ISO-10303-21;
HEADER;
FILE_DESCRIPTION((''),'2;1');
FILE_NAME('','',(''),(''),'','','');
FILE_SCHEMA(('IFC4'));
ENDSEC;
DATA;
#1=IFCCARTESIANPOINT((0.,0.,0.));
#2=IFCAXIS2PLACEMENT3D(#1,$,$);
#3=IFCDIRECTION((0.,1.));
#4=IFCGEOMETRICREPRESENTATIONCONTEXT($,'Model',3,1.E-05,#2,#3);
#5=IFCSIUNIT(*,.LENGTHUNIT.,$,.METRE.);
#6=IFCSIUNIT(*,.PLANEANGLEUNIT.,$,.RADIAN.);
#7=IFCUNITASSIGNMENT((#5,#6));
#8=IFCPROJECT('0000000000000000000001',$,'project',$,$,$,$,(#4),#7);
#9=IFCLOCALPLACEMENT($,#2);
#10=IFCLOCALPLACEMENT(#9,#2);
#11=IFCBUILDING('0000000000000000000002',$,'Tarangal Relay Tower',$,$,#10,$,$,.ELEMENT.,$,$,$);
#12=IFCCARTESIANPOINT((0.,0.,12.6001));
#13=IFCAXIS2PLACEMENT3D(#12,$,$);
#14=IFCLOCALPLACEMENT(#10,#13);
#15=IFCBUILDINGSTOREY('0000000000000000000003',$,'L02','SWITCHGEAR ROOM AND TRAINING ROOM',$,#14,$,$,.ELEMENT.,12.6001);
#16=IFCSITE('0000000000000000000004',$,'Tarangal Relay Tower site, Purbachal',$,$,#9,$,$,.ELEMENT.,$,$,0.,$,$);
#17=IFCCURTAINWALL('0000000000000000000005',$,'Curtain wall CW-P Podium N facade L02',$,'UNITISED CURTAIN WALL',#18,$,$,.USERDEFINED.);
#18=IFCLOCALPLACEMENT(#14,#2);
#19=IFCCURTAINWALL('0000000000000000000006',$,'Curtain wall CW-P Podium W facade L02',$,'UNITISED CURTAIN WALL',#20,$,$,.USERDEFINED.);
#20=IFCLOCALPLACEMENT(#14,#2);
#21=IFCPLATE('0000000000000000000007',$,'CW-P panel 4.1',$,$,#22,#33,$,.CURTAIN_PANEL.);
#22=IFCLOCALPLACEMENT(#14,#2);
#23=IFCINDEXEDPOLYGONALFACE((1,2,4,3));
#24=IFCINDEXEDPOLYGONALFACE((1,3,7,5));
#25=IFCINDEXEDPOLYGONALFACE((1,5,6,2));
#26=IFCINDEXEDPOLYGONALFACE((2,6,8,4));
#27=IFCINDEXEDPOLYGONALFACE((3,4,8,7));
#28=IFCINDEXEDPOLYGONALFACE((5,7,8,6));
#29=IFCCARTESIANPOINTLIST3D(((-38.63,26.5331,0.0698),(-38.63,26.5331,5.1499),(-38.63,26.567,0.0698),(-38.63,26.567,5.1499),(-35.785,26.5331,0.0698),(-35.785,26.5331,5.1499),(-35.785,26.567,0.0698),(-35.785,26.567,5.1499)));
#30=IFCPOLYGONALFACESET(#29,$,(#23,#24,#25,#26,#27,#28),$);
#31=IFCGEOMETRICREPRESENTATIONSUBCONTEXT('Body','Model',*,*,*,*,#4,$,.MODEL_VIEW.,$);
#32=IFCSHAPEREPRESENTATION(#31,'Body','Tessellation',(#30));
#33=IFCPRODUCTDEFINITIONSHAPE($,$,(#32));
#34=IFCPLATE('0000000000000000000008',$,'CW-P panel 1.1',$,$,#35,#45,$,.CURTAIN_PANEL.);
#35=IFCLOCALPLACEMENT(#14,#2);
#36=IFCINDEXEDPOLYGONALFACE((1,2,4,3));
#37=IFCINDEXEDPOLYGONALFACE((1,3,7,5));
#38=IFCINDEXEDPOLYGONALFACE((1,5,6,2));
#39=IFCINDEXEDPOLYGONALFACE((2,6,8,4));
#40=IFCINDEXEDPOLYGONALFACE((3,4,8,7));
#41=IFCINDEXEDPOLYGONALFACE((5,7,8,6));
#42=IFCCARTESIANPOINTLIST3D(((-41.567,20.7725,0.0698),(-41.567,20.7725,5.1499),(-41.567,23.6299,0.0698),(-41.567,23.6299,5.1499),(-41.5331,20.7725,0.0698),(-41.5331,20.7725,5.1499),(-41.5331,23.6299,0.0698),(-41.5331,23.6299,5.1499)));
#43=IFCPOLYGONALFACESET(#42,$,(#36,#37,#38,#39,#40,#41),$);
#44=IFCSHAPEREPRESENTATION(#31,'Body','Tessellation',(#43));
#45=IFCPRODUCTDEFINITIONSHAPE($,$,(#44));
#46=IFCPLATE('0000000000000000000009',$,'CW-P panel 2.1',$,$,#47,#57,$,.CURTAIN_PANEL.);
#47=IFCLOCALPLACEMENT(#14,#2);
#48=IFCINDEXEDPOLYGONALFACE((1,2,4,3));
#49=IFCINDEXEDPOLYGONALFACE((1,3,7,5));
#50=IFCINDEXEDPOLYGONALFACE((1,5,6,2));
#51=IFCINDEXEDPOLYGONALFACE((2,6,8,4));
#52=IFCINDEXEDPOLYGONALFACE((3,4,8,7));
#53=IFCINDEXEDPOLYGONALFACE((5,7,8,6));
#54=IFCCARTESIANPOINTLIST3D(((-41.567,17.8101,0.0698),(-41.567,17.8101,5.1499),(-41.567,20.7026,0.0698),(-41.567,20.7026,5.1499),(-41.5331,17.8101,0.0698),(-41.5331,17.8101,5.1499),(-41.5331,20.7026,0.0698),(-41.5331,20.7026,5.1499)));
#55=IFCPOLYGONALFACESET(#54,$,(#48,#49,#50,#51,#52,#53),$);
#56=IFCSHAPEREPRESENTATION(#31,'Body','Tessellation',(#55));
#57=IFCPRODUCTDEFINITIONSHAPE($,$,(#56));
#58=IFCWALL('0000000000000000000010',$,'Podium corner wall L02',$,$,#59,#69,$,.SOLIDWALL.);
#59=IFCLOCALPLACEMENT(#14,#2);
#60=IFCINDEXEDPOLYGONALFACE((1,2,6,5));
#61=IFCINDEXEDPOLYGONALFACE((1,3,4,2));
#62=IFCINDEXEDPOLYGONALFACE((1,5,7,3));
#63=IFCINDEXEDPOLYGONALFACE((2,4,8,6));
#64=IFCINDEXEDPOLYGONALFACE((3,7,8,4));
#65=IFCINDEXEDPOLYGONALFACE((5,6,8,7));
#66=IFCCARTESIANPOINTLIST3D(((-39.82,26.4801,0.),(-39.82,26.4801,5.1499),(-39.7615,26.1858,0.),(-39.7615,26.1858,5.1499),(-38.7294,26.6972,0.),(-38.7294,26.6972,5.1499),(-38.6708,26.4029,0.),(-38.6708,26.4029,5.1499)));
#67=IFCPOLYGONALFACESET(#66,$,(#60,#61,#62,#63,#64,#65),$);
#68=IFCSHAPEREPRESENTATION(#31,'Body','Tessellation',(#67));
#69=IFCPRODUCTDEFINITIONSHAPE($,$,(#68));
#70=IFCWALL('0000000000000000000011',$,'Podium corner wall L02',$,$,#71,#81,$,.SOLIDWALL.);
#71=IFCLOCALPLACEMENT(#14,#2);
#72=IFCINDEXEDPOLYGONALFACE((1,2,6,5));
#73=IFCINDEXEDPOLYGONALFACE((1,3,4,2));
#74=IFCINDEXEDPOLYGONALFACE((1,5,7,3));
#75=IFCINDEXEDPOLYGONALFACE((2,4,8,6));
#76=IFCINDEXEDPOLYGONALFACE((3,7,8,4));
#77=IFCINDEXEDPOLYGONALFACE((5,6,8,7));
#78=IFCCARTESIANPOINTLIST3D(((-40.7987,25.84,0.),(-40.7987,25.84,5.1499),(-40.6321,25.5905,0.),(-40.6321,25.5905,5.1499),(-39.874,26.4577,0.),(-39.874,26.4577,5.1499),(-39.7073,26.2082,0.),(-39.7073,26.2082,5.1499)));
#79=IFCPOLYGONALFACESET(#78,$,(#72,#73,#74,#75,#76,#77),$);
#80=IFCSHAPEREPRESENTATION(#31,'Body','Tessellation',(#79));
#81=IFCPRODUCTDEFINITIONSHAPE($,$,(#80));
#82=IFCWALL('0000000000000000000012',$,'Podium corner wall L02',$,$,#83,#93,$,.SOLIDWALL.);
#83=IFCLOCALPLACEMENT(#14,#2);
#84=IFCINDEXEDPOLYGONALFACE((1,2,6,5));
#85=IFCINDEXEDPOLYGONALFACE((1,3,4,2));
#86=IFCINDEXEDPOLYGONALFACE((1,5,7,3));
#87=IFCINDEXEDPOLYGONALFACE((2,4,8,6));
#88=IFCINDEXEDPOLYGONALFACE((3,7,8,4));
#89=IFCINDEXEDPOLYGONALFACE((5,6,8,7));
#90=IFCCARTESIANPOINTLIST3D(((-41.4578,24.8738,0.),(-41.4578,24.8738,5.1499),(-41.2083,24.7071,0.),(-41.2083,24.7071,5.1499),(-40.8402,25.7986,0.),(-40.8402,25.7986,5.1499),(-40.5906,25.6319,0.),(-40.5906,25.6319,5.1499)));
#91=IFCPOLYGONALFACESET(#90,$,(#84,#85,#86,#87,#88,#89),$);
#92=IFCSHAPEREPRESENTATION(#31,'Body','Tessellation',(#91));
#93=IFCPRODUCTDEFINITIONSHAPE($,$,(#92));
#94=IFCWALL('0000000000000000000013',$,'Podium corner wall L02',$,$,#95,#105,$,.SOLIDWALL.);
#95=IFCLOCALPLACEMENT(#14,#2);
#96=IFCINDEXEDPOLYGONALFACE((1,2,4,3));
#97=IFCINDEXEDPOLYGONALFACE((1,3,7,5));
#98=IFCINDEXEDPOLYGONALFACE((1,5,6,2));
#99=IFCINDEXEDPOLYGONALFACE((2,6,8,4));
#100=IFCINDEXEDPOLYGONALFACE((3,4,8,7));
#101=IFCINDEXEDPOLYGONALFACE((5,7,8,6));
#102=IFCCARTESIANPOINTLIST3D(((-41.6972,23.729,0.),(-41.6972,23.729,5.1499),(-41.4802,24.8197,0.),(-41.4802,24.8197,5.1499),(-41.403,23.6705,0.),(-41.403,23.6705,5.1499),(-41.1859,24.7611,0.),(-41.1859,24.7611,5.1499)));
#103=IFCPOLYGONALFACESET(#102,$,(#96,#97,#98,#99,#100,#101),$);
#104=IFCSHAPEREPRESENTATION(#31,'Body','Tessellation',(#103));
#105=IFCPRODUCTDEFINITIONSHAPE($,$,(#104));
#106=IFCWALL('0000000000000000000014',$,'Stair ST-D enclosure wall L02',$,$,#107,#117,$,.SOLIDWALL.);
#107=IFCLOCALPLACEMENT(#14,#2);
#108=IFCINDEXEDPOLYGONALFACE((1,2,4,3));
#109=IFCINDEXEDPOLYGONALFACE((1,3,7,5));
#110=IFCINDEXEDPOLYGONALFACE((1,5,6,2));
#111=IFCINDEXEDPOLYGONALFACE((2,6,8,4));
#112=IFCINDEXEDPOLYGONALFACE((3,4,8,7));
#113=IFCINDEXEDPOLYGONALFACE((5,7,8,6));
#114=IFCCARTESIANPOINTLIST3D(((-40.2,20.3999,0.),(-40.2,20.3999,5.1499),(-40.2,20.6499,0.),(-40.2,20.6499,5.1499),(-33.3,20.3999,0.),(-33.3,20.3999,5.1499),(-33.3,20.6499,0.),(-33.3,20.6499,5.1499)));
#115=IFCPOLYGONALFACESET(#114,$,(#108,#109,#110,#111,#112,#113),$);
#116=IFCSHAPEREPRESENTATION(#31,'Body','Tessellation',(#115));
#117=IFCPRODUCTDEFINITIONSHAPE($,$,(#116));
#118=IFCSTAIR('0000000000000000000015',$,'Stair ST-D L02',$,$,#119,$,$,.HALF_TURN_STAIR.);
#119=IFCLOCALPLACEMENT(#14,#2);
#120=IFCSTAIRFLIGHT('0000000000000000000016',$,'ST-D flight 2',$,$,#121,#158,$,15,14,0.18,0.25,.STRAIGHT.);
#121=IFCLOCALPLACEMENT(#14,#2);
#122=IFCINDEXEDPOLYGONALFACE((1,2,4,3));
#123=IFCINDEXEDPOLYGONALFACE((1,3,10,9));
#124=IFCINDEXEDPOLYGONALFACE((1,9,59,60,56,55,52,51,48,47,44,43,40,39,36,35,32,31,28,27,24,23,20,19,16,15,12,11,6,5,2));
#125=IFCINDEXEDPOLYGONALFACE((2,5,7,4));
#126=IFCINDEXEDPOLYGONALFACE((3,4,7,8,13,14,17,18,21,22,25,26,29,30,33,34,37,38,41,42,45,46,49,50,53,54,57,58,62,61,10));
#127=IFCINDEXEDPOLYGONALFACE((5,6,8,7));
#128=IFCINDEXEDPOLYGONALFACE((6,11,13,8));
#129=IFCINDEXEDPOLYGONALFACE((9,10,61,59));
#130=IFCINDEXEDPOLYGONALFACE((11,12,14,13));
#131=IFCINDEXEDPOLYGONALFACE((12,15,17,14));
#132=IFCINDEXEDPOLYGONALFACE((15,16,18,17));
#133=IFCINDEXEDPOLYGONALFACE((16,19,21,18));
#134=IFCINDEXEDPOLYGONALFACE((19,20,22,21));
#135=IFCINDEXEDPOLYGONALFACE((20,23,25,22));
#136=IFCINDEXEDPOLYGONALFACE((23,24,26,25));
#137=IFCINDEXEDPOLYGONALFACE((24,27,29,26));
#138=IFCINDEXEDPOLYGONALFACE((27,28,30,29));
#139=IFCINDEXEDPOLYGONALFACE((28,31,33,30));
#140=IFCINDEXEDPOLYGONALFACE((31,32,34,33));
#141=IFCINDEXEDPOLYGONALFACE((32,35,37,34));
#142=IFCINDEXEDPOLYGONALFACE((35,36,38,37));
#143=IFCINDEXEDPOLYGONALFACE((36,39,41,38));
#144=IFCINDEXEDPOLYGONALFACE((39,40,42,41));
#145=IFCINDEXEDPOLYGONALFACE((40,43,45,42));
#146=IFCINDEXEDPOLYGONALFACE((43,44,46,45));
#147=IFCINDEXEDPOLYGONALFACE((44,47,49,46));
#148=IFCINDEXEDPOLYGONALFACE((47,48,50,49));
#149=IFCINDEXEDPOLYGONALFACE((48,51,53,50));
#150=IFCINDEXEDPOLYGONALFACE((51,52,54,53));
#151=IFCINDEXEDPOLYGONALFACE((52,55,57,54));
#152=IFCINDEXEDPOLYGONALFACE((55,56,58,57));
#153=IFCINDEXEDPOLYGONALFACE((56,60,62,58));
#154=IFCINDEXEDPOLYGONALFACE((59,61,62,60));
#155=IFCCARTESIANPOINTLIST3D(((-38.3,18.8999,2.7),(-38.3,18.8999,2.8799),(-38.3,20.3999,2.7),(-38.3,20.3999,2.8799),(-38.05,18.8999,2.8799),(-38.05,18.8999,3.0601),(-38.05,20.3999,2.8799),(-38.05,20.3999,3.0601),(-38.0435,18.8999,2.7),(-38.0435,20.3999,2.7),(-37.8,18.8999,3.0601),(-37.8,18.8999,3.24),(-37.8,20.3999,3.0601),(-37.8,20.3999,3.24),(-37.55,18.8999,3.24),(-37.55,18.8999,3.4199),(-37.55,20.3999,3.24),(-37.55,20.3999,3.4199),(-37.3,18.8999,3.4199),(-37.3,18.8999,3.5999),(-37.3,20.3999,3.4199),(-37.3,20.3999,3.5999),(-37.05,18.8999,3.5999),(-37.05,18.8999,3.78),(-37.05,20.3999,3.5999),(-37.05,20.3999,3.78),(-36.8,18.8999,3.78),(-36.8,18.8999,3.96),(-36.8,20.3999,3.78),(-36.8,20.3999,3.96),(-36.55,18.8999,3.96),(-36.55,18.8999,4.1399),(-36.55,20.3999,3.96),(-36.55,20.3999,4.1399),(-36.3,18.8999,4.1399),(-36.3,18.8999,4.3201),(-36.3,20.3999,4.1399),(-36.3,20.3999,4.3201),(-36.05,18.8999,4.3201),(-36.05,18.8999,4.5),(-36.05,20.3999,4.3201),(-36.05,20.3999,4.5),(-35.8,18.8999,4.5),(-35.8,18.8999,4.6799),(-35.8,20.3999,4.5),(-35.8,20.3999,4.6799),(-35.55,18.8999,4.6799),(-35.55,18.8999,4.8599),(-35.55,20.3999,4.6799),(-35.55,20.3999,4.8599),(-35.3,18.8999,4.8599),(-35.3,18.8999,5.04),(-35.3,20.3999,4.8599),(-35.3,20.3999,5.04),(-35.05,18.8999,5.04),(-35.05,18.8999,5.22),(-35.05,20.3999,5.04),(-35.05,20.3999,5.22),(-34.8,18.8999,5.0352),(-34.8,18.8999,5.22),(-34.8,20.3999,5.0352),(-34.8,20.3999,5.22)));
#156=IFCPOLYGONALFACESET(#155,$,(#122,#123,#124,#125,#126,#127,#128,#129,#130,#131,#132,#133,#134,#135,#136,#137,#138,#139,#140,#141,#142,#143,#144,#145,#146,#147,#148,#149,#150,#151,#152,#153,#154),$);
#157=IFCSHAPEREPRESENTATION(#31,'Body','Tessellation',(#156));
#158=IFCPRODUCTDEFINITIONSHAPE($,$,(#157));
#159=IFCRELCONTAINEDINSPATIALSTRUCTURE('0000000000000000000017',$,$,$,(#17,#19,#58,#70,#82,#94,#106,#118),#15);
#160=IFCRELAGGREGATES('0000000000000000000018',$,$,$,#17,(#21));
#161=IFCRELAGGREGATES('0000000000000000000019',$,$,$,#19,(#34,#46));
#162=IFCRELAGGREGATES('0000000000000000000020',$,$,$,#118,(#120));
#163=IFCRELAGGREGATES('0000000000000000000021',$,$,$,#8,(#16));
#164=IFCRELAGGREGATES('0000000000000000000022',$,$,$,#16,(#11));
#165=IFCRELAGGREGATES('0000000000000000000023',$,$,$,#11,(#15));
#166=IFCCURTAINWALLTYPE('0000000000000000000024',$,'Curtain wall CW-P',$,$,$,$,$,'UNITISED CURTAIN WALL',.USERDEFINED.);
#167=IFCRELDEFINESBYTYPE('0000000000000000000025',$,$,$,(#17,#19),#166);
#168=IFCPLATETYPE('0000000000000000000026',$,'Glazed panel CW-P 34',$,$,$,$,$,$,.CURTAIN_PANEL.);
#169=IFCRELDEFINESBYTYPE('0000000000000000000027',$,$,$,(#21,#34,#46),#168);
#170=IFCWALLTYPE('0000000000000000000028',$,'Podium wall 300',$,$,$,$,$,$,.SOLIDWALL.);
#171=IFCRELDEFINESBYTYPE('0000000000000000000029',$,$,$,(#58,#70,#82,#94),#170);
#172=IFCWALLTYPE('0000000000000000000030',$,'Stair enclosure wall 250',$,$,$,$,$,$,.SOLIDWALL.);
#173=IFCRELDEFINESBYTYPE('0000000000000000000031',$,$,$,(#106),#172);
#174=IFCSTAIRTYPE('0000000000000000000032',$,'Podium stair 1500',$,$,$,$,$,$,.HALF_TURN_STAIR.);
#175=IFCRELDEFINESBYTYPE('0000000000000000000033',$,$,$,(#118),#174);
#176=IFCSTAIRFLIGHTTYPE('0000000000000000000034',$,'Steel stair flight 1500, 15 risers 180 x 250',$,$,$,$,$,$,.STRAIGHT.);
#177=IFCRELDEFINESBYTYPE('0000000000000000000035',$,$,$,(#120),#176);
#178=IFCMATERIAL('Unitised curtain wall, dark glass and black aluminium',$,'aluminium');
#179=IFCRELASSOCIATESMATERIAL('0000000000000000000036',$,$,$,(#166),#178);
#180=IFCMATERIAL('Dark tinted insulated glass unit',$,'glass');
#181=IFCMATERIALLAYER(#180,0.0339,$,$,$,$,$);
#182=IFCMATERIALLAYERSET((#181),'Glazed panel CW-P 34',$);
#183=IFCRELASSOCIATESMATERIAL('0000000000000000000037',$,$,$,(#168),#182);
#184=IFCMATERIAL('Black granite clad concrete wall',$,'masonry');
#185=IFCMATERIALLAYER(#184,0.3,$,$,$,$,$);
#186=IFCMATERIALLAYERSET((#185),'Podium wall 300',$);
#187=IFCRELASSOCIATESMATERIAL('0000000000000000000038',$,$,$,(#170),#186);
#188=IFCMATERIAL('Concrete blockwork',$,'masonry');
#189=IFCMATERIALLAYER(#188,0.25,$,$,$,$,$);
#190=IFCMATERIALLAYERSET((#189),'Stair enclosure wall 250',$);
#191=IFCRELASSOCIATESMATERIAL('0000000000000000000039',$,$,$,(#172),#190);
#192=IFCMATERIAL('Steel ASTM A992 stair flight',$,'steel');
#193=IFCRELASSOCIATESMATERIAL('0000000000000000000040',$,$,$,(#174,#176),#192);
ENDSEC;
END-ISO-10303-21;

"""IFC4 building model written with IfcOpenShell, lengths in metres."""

from ifc_helpers import new_model, si_unit, direction, frame, frame_2d, origin, origin_2d, place, context, subcontext, project, spatial, polyline, rectangle, outline, extrude, material, layer, layer_set, type_object, element, aggregate, save


model = new_model("IFC4")

# Units and contexts
model_context = context("Model", 3, precision=1e-05, world=origin(), true_north=direction((0.0, 1.0)))
body_context = subcontext(model_context, "Body", "Model", "MODEL_VIEW")
ifc_project = project(units=[si_unit("LENGTHUNIT", "METRE"), si_unit("PLANEANGLEUNIT", "RADIAN")], contexts=[model_context])

# Site, building, storey
site_placement = place(None, origin())
site = spatial("IfcSite", under=ifc_project, at=site_placement, Name="Tarangal Relay Tower site, Purbachal", CompositionType="ELEMENT", RefElevation=0.0)
building_placement = place(site_placement, origin())
building = spatial("IfcBuilding", under=site, at=building_placement, Name="Tarangal Relay Tower", CompositionType="ELEMENT")
storey_placement = place(building_placement, frame((0.0, 0.0, 12.6001)))
storey = spatial("IfcBuildingStorey", under=building, at=storey_placement, Name="L02", Description="SWITCHGEAR ROOM AND TRAINING ROOM", CompositionType="ELEMENT", Elevation=12.6001)

# Curtain walls
ifc_material_1 = material(Name="Unitised curtain wall, dark glass and black aluminium", Category="aluminium")
curtain_wall_type = type_object("IfcCurtainWallType", Name="Curtain wall CW-P", ElementType="UNITISED CURTAIN WALL", PredefinedType="USERDEFINED", material=ifc_material_1)
curtain_wall_1_placement = place(storey_placement, origin())
curtain_wall_1 = element("IfcCurtainWall", 1, at=curtain_wall_1_placement, inside=storey, type_object=curtain_wall_type, Name="Curtain wall CW-P Podium N facade L02", ObjectType="UNITISED CURTAIN WALL", PredefinedType="USERDEFINED")
curtain_wall_2_placement = place(storey_placement, origin())
curtain_wall_2 = element("IfcCurtainWall", 2, at=curtain_wall_2_placement, inside=storey, type_object=curtain_wall_type, Name="Curtain wall CW-P Podium W facade L02", ObjectType="UNITISED CURTAIN WALL", PredefinedType="USERDEFINED")

# Plates
ifc_material_2 = material(Name="Dark tinted insulated glass unit", Category="glass")
ifc_layer_1 = layer(ifc_material_2, 0.0339)
ifc_layer_set_1 = layer_set([ifc_layer_1], Name="Glazed panel CW-P 34")
plate_type = type_object("IfcPlateType", Name="Glazed panel CW-P 34", PredefinedType="CURTAIN_PANEL", material=ifc_layer_set_1)
plate_1_placement = place(storey_placement, frame((-37.2075, 26.55, 0.0698), z_axis=(0.0, 0.0, 1.0), x_axis=(-1.0, 0.0, 0.0)))
plate_1 = element("IfcPlate", 3, at=plate_1_placement, type_object=plate_type, Name="CW-P panel 4.1", PredefinedType="CURTAIN_PANEL", context=body_context, shape_type="SweptSolid", body=[
    extrude(rectangle(XDim=2.845, YDim=0.0339, at=origin_2d()), origin(), (0.0, 0.0, 1.0), 5.0801),
])
aggregate(curtain_wall_1, [plate_1])
plate_2_placement = place(storey_placement, frame((-41.55, 22.2012, 0.0698), z_axis=(0.0, 0.0, 1.0), x_axis=(0.0, -1.0, 0.0)))
plate_2 = element("IfcPlate", 4, at=plate_2_placement, type_object=plate_type, Name="CW-P panel 1.1", PredefinedType="CURTAIN_PANEL", context=body_context, shape_type="SweptSolid", body=[
    extrude(rectangle(XDim=2.8574, YDim=0.0339, at=origin_2d()), origin(), (0.0, 0.0, 1.0), 5.0801),
])
plate_3_placement = place(storey_placement, frame((-41.55, 19.2563, 0.0698), z_axis=(0.0, 0.0, 1.0), x_axis=(0.0, -1.0, 0.0)))
plate_3 = element("IfcPlate", 5, at=plate_3_placement, type_object=plate_type, Name="CW-P panel 2.1", PredefinedType="CURTAIN_PANEL", context=body_context, shape_type="SweptSolid", body=[
    extrude(rectangle(XDim=2.8926, YDim=0.0339, at=origin_2d()), origin(), (0.0, 0.0, 1.0), 5.0801),
])
aggregate(curtain_wall_2, [plate_2, plate_3])

# Walls
ifc_material_3 = material(Name="Black granite clad concrete wall", Category="masonry")
ifc_layer_2 = layer(ifc_material_3, 0.3)
ifc_layer_set_2 = layer_set([ifc_layer_2], Name="Podium wall 300")
wall_type_1 = type_object("IfcWallType", Name="Podium wall 300", PredefinedType="SOLIDWALL", material=ifc_layer_set_2)
for number, where, z_axis, x_axis, name in (
    (6, (-38.7, 26.55, 0.0), (0.0, 0.0, 1.0), (-0.980766, -0.195187, 0.0), "Podium corner wall L02"),
    (7, (-39.7905, 26.333, 0.0), (0.0, 0.0, 1.0), (-0.831577, -0.555409, 0.0), "Podium corner wall L02"),
    (8, (-40.7153, 25.7153, 0.0), (0.0, 0.0, 1.0), (-0.555409, -0.831577, 0.0), "Podium corner wall L02"),
    (9, (-41.333, 24.7905, 0.0), (0.0, 0.0, 1.0), (-0.195187, -0.980766, 0.0), "Podium corner wall L02"),
):
    element("IfcWall", number, at=place(storey_placement, frame(where, z_axis=z_axis, x_axis=x_axis)), inside=storey, type_object=wall_type_1, Name=name, PredefinedType="SOLIDWALL", context=body_context, shape_type="SweptSolid", body=[
        extrude(rectangle(XDim=1.1121, YDim=0.3, at=frame_2d((0.5562, 0.0))), origin(), (0.0, 0.0, 1.0), 5.1499),
    ])
ifc_material_4 = material(Name="Concrete blockwork", Category="masonry")
ifc_layer_3 = layer(ifc_material_4, 0.25)
ifc_layer_set_3 = layer_set([ifc_layer_3], Name="Stair enclosure wall 250")
wall_type_2 = type_object("IfcWallType", Name="Stair enclosure wall 250", PredefinedType="SOLIDWALL", material=ifc_layer_set_3)
wall_placement = place(storey_placement, frame((-40.2, 20.5249, 0.0), z_axis=(0.0, 0.0, 1.0), x_axis=(1.0, 0.0, 0.0)))
element("IfcWall", 10, at=wall_placement, inside=storey, type_object=wall_type_2, Name="Stair ST-D enclosure wall L02", PredefinedType="SOLIDWALL", context=body_context, shape_type="SweptSolid", body=[
    extrude(rectangle(XDim=6.8999, YDim=0.25, at=frame_2d((3.45, 0.0))), origin(), (0.0, 0.0, 1.0), 5.1499),
])

# Stair, stair flight
ifc_material_5 = material(Name="Steel ASTM A992 stair flight", Category="steel")
stair_type = type_object("IfcStairType", Name="Podium stair 1500", PredefinedType="HALF_TURN_STAIR", material=ifc_material_5)
stair_placement = place(storey_placement, origin())
stair = element("IfcStair", 11, at=stair_placement, inside=storey, type_object=stair_type, Name="Stair ST-D L02", PredefinedType="HALF_TURN_STAIR")
stair_flight_type = type_object("IfcStairFlightType", Name="Steel stair flight 1500, 15 risers 180 x 250", PredefinedType="STRAIGHT", material=ifc_material_5)
stair_flight_placement = place(storey_placement, frame((-38.3, 19.6499, 2.7), z_axis=(0.0, 0.0, 1.0), x_axis=(1.0, 0.0, 0.0)))
stair_flight = element("IfcStairFlight", 12, at=stair_flight_placement, type_object=stair_flight_type, Name="ST-D flight 2", NumberOfRisers=15, NumberOfTreads=14, PredefinedType="STRAIGHT", RiserHeight=0.18, TreadLength=0.25, context=body_context, shape_type="SweptSolid", body=[
    extrude(outline(polyline([(0.0, 0.0), (0.0, 0.1799), (0.25, 0.1799), (0.25, 0.3601), (0.5, 0.3601), (0.5, 0.54), (0.75, 0.54), (0.75, 0.72), (1.0, 0.72), (1.0, 0.8999), (1.25, 0.8999), (1.25, 1.0801), (1.5, 1.0801), (1.5, 1.26), (1.75, 1.26), (1.75, 1.4399), (2.0, 1.4399), (2.0, 1.6201), (2.25, 1.6201), (2.25, 1.8), (2.5, 1.8), (2.5, 1.98), (2.75, 1.98), (2.75, 2.1599), (3.0, 2.1599), (3.0, 2.3401), (3.25, 2.3401), (3.25, 2.52), (3.5, 2.52), (3.5, 2.7), (3.5, 2.3352), (0.2566, 0.0), (0.0, 0.0)])), frame((0.0, 0.75, 0.0), z_axis=(0.0, -1.0, 0.0), x_axis=(1.0, 0.0, 0.0)), (0.0, 0.0, 1.0), 1.5),
])
aggregate(stair, [stair_flight])

save(model, "model.ifc")
